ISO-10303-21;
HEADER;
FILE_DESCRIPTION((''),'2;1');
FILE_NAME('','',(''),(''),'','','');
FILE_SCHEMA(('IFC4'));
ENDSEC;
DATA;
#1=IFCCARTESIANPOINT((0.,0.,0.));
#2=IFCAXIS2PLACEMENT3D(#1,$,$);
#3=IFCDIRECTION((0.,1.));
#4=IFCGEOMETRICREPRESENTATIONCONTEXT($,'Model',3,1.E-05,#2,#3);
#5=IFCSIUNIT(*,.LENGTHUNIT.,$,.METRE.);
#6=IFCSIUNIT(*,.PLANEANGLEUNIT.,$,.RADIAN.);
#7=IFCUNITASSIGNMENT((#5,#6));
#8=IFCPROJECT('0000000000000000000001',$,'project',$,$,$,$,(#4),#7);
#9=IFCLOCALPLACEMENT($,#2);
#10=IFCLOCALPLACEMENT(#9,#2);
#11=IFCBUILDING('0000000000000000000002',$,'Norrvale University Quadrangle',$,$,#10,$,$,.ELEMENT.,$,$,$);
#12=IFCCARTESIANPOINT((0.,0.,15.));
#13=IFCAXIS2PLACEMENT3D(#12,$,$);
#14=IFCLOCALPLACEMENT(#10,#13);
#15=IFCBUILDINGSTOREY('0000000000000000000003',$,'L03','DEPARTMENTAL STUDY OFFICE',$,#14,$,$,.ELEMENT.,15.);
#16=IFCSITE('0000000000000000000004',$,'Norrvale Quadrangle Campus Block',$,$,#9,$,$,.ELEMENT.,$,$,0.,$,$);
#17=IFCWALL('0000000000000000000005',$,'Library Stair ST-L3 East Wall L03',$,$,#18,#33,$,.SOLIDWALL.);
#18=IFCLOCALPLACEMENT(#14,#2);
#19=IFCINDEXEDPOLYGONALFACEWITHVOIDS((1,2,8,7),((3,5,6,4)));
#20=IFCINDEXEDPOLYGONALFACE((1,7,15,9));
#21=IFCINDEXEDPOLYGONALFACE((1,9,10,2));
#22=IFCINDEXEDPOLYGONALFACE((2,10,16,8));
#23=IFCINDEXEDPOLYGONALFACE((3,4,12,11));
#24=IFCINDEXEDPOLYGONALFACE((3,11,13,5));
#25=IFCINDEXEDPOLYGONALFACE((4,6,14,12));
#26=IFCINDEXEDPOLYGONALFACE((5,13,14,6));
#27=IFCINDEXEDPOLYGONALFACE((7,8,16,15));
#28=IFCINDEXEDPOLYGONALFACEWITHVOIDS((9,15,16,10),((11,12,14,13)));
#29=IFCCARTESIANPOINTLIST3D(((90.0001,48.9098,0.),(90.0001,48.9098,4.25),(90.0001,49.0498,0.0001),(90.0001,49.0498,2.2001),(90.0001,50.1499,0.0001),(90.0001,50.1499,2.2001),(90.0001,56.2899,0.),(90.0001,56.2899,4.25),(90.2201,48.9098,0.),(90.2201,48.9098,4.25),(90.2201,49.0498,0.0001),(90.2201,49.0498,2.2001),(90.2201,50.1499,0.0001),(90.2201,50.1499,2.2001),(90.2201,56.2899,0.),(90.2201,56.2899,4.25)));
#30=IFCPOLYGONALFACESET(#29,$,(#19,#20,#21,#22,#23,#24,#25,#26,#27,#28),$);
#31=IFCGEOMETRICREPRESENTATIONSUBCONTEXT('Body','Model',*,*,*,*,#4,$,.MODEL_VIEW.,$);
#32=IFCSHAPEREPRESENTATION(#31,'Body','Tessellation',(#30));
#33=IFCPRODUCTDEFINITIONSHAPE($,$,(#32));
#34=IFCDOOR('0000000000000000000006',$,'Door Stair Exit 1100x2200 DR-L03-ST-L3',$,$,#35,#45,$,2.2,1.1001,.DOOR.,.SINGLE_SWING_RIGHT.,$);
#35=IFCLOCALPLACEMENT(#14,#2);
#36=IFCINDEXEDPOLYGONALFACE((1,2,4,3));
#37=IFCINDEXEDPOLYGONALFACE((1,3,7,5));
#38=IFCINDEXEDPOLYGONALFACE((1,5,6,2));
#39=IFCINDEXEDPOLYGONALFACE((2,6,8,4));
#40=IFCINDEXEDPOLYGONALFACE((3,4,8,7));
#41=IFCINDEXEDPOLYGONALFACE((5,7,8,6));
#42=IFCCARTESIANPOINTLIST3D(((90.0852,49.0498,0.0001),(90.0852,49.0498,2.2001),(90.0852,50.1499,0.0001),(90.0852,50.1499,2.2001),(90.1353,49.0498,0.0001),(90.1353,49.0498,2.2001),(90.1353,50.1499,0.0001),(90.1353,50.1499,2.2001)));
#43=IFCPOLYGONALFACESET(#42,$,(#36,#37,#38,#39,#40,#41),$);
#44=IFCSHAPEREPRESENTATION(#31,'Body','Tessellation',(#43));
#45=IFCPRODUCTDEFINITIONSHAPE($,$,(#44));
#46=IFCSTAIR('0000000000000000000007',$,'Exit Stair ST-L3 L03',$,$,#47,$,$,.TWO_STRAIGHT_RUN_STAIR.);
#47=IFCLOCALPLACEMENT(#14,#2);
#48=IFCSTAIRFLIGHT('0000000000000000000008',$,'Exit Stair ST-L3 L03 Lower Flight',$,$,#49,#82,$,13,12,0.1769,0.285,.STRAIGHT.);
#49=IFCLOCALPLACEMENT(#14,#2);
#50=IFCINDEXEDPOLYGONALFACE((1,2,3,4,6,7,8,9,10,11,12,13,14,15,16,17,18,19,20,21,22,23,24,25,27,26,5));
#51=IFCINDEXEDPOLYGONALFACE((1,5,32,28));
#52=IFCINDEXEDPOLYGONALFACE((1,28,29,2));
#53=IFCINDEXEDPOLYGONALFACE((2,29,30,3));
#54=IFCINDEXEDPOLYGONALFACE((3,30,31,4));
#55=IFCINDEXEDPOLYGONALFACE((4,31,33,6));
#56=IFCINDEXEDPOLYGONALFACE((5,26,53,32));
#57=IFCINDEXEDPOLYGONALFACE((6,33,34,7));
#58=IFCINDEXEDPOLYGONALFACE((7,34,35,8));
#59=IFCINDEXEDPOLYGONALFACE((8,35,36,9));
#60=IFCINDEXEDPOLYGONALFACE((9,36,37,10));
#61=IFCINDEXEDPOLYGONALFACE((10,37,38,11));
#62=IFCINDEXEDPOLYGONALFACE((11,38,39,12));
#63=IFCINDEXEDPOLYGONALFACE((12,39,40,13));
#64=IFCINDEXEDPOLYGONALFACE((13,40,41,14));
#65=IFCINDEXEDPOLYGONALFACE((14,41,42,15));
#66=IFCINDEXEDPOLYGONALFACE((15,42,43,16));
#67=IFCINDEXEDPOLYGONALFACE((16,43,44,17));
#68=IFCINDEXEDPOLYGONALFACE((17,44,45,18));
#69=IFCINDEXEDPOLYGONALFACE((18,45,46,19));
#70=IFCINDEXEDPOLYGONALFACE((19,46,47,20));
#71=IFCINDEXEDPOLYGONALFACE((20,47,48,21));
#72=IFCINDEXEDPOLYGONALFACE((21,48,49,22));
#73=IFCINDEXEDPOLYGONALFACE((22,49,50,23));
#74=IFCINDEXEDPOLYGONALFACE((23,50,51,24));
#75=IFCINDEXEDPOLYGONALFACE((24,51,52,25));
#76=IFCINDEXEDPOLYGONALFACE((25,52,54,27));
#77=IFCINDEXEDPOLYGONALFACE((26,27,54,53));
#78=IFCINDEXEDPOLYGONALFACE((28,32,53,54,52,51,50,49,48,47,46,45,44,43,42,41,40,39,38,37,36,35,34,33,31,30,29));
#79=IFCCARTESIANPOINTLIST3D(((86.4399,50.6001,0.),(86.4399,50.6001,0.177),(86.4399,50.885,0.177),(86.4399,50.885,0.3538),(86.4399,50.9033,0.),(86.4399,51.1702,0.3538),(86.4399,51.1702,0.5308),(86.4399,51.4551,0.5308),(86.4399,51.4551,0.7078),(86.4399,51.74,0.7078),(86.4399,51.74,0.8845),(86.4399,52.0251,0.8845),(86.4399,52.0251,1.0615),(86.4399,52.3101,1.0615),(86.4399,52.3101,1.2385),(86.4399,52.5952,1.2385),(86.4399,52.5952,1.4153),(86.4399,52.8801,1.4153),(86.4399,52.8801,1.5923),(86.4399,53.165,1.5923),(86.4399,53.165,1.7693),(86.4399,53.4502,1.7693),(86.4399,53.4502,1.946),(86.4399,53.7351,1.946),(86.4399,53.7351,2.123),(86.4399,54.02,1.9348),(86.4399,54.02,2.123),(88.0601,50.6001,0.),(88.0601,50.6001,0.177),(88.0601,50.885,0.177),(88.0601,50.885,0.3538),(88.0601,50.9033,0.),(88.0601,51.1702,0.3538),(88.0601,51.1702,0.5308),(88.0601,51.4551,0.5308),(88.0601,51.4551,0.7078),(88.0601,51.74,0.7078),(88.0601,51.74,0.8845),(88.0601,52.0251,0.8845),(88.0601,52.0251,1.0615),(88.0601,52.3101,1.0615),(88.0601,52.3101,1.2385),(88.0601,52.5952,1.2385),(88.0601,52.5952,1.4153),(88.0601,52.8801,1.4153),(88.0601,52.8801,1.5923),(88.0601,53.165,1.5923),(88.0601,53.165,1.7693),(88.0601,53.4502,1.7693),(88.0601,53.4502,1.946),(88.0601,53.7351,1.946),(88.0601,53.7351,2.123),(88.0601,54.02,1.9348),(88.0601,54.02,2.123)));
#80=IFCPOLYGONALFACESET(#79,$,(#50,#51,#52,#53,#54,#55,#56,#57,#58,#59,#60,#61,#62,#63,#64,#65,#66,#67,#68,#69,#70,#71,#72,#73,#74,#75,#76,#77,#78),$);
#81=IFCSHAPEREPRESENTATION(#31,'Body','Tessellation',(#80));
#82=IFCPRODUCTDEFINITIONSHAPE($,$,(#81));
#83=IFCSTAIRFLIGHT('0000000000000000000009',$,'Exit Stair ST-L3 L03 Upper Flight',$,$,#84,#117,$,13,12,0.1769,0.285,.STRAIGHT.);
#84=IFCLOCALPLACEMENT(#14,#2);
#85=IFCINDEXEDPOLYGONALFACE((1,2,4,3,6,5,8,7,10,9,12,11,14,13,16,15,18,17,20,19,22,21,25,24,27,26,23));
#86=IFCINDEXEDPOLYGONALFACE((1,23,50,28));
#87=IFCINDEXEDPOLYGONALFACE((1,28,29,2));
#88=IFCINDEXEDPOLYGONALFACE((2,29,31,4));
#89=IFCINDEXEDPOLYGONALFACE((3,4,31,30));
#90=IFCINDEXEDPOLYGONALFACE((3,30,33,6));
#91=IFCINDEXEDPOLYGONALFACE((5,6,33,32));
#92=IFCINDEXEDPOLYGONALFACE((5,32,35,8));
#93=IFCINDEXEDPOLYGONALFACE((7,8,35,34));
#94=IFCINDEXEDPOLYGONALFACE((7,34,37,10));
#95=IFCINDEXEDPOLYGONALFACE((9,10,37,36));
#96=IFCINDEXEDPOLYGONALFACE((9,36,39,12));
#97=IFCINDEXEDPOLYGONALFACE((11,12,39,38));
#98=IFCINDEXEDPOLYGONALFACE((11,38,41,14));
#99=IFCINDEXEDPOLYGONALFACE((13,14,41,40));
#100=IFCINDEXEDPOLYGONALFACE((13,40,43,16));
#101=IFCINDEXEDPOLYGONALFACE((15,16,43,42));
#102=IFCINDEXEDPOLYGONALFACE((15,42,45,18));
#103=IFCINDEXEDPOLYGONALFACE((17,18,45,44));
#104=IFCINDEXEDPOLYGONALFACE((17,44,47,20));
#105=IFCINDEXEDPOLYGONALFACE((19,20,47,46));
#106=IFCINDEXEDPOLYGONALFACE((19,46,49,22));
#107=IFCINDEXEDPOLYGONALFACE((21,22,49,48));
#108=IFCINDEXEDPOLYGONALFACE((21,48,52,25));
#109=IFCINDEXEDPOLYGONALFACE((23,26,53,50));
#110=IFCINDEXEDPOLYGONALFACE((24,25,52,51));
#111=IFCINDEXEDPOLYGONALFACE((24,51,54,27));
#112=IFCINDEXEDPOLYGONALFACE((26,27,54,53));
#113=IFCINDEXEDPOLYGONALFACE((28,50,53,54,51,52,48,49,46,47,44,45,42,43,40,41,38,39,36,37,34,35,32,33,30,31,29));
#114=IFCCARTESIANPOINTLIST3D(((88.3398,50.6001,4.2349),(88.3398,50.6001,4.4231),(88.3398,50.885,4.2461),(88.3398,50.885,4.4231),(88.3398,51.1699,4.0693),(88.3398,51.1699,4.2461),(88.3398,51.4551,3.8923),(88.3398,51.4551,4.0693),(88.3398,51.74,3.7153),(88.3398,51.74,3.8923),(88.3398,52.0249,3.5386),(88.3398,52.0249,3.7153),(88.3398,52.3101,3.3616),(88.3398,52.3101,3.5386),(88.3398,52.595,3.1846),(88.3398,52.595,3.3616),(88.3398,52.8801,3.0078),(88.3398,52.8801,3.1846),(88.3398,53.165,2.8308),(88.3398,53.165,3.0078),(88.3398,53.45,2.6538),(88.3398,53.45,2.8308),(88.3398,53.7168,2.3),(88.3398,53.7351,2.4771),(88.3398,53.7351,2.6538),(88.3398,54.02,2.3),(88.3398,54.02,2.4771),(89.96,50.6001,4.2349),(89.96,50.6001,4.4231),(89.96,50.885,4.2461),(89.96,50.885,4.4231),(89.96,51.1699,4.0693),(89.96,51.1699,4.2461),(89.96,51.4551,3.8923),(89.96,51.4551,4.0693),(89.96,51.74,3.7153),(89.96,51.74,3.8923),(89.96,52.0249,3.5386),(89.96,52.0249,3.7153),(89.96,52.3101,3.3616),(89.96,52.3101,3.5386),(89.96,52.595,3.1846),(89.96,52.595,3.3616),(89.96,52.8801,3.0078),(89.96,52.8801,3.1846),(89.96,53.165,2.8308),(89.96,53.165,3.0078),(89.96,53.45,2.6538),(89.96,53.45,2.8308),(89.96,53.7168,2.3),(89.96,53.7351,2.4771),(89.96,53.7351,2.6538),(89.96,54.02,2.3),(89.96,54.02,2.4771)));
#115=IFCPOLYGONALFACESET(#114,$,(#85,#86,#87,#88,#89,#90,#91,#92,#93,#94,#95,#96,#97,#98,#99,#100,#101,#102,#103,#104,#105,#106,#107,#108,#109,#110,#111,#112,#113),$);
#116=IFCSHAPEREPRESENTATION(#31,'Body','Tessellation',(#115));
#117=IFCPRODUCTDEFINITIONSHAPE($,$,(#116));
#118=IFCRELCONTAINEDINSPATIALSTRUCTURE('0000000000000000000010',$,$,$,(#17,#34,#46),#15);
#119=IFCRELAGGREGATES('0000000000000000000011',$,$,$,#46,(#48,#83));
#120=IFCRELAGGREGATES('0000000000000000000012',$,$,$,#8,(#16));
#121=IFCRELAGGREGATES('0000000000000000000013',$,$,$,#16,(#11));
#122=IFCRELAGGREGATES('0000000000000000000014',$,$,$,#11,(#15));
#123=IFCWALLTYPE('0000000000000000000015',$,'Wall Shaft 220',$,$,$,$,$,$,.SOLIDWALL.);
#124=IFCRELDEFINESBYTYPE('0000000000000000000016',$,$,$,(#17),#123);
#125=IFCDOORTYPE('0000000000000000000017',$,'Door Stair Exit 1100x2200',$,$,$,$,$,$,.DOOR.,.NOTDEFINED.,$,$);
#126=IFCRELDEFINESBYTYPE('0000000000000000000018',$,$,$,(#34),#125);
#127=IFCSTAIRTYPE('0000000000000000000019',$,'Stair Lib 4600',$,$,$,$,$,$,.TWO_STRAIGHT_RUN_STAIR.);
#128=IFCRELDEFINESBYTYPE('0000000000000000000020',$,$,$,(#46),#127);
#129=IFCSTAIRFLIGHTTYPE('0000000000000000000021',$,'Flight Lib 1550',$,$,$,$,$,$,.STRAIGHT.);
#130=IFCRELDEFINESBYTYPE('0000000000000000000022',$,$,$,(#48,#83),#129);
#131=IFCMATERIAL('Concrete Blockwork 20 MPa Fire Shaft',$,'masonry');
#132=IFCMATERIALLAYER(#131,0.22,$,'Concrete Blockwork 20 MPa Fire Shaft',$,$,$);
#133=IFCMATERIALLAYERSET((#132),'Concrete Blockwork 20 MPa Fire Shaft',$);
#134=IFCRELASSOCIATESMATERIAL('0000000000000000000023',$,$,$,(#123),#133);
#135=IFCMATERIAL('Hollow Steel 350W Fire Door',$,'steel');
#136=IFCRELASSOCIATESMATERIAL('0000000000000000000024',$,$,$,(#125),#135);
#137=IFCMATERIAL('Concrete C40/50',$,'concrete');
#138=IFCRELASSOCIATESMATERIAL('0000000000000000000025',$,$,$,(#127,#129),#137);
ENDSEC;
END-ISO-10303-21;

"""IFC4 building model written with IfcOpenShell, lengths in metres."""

from ifc_helpers import new_model, si_unit, direction, frame, frame_2d, origin, place, context, subcontext, project, spatial, polyline, rectangle, outline, extrude, material, layer, layer_set, type_object, element, fill, aggregate, save


model = new_model("IFC4")

# Units and contexts
model_context = context("Model", 3, precision=1e-05, world=origin(), true_north=direction((0.0, 1.0)))
body_context = subcontext(model_context, "Body", "Model", "MODEL_VIEW")
ifc_project = project(units=[si_unit("LENGTHUNIT", "METRE"), si_unit("PLANEANGLEUNIT", "RADIAN")], contexts=[model_context])

# Site, building, storey
site_placement = place(None, origin())
site = spatial("IfcSite", under=ifc_project, at=site_placement, Name="Norrvale Quadrangle Campus Block", CompositionType="ELEMENT", RefElevation=0.0)
building_placement = place(site_placement, origin())
building = spatial("IfcBuilding", under=site, at=building_placement, Name="Norrvale University Quadrangle", CompositionType="ELEMENT")
storey_placement = place(building_placement, frame((0.0, 0.0, 15.0)))
storey = spatial("IfcBuildingStorey", under=building, at=storey_placement, Name="L03", Description="DEPARTMENTAL STUDY OFFICE", CompositionType="ELEMENT", Elevation=15.0)

# Shared definitions
ifc_material_1 = material(Name="Concrete Blockwork 20 MPa Fire Shaft", Category="masonry")
ifc_layer_1 = layer(ifc_material_1, 0.22, Name="Concrete Blockwork 20 MPa Fire Shaft")
ifc_layer_set_1 = layer_set([ifc_layer_1], Name="Concrete Blockwork 20 MPa Fire Shaft")
wall_type_1 = type_object("IfcWallType", Name="Wall Shaft 220", PredefinedType="SOLIDWALL", material=ifc_layer_set_1)

# Wall, opening, door
wall_1_placement = place(storey_placement, frame((90.1101, 48.9099, 0.0), z_axis=(0.0, 0.0, 1.0), x_axis=(0.0, 1.0, 0.0)))
wall_1 = element("IfcWall", 1, at=wall_1_placement, inside=storey, type_object=wall_type_1, Name="Library Stair ST-L3 East Wall L03", PredefinedType="SOLIDWALL", context=body_context, shape_type="SweptSolid", body=[
    extrude(rectangle(XDim=7.3801, YDim=0.22, at=frame_2d((3.6899, 0.0))), origin(), (0.0, 0.0, 1.0), 4.25),
])
opening_1_placement = place(wall_1_placement, frame((0.1399, 0.0, 0.0)))
opening_1 = element("IfcOpeningElement", 2, at=opening_1_placement, cuts=wall_1, PredefinedType="OPENING", context=body_context, shape_type="SweptSolid", body=[
    extrude(rectangle(XDim=1.1001, YDim=2.2, at=frame_2d((0.55, 1.1001))), frame((0.0, 0.1221, 0.0), z_axis=(0.0, -1.0, 0.0), x_axis=(1.0, 0.0, 0.0)), (0.0, 0.0, 1.0), 0.2439),
])
ifc_material_2 = material(Name="Hollow Steel 350W Fire Door", Category="steel")
door_type_1 = type_object("IfcDoorType", Name="Door Stair Exit 1100x2200", OperationType="NOTDEFINED", PredefinedType="DOOR", material=ifc_material_2)
door_1_placement = place(opening_1_placement, origin())
door_1 = element("IfcDoor", 3, at=door_1_placement, inside=storey, type_object=door_type_1, Name="Door Stair Exit 1100x2200 DR-L03-ST-L3", OperationType="SINGLE_SWING_RIGHT", OverallHeight=2.2, OverallWidth=1.1001, PredefinedType="DOOR", context=body_context, shape_type="SweptSolid", body=[
    extrude(rectangle(XDim=1.1001, YDim=2.2, at=frame_2d((0.55, 1.1001))), frame((0.0, 0.0249, 0.0), z_axis=(0.0, -1.0, 0.0), x_axis=(1.0, 0.0, 0.0)), (0.0, 0.0, 1.0), 0.05),
])
fill(opening_1, door_1)

# Stair, stair flights
ifc_material_3 = material(Name="Concrete C40/50", Category="concrete")
stair_type = type_object("IfcStairType", Name="Stair Lib 4600", PredefinedType="TWO_STRAIGHT_RUN_STAIR", material=ifc_material_3)
stair_placement = place(storey_placement, origin())
stair = element("IfcStair", 4, at=stair_placement, inside=storey, type_object=stair_type, Name="Exit Stair ST-L3 L03", PredefinedType="TWO_STRAIGHT_RUN_STAIR")
stair_flight_type = type_object("IfcStairFlightType", Name="Flight Lib 1550", PredefinedType="STRAIGHT", material=ifc_material_3)
stair_flight_1_placement = place(storey_placement, frame((87.25, 50.6001, 0.0), z_axis=(0.0, 0.0, 1.0), x_axis=(0.0, 1.0, 0.0)))
stair_flight_1 = element("IfcStairFlight", 5, at=stair_flight_1_placement, type_object=stair_flight_type, Name="Exit Stair ST-L3 L03 Lower Flight", NumberOfRisers=13, NumberOfTreads=12, PredefinedType="STRAIGHT", RiserHeight=0.1769, TreadLength=0.285, context=body_context, shape_type="SweptSolid", body=[
    extrude(outline(polyline([(0.0, 0.0), (0.0, 0.177), (0.2849, 0.177), (0.2849, 0.3538), (0.5701, 0.3538), (0.5701, 0.5308), (0.855, 0.5308), (0.855, 0.7078), (1.1399, 0.7078), (1.1399, 0.8845), (1.425, 0.8845), (1.425, 1.0615), (1.71, 1.0615), (1.71, 1.2385), (1.9951, 1.2385), (1.9951, 1.4153), (2.28, 1.4153), (2.28, 1.5923), (2.5649, 1.5923), (2.5649, 1.7693), (2.8501, 1.7693), (2.8501, 1.946), (3.135, 1.946), (3.135, 2.123), (3.4199, 2.123), (3.4199, 2.3), (3.4199, 1.9348), (0.3032, 0.0), (0.0, 0.0)])), frame((0.0, 0.8101, 0.0), z_axis=(0.0, -1.0, 0.0), x_axis=(1.0, 0.0, 0.0)), (0.0, 0.0, 1.0), 1.6201),
])
stair_flight_2_placement = place(storey_placement, frame((89.1499, 54.02, 2.3), z_axis=(0.0, 0.0, 1.0), x_axis=(0.0, -1.0, 0.0)))
stair_flight_2 = element("IfcStairFlight", 6, at=stair_flight_2_placement, type_object=stair_flight_type, Name="Exit Stair ST-L3 L03 Upper Flight", NumberOfRisers=13, NumberOfTreads=12, PredefinedType="STRAIGHT", RiserHeight=0.1769, TreadLength=0.285, context=body_context, shape_type="SweptSolid", body=[
    extrude(outline(polyline([(0.0, 0.0), (0.0, 0.177), (0.2849, 0.177), (0.2849, 0.3538), (0.5701, 0.3538), (0.5701, 0.5308), (0.855, 0.5308), (0.855, 0.7078), (1.1399, 0.7078), (1.1399, 0.8845), (1.425, 0.8845), (1.425, 1.0615), (1.71, 1.0615), (1.71, 1.2385), (1.9951, 1.2385), (1.9951, 1.4153), (2.28, 1.4153), (2.28, 1.5923), (2.5649, 1.5923), (2.5649, 1.7693), (2.8501, 1.7693), (2.8501, 1.946), (3.135, 1.946), (3.135, 2.123), (3.4199, 2.123), (3.4199, 2.3), (3.4199, 1.9348), (0.3032, 0.0), (0.0, 0.0)])), frame((0.0, 0.8101, 0.0), z_axis=(0.0, -1.0, 0.0), x_axis=(1.0, 0.0, 0.0)), (0.0, 0.0, 1.0), 1.6201),
])
aggregate(stair, [stair_flight_1, stair_flight_2])

save(model, "model.ifc")
